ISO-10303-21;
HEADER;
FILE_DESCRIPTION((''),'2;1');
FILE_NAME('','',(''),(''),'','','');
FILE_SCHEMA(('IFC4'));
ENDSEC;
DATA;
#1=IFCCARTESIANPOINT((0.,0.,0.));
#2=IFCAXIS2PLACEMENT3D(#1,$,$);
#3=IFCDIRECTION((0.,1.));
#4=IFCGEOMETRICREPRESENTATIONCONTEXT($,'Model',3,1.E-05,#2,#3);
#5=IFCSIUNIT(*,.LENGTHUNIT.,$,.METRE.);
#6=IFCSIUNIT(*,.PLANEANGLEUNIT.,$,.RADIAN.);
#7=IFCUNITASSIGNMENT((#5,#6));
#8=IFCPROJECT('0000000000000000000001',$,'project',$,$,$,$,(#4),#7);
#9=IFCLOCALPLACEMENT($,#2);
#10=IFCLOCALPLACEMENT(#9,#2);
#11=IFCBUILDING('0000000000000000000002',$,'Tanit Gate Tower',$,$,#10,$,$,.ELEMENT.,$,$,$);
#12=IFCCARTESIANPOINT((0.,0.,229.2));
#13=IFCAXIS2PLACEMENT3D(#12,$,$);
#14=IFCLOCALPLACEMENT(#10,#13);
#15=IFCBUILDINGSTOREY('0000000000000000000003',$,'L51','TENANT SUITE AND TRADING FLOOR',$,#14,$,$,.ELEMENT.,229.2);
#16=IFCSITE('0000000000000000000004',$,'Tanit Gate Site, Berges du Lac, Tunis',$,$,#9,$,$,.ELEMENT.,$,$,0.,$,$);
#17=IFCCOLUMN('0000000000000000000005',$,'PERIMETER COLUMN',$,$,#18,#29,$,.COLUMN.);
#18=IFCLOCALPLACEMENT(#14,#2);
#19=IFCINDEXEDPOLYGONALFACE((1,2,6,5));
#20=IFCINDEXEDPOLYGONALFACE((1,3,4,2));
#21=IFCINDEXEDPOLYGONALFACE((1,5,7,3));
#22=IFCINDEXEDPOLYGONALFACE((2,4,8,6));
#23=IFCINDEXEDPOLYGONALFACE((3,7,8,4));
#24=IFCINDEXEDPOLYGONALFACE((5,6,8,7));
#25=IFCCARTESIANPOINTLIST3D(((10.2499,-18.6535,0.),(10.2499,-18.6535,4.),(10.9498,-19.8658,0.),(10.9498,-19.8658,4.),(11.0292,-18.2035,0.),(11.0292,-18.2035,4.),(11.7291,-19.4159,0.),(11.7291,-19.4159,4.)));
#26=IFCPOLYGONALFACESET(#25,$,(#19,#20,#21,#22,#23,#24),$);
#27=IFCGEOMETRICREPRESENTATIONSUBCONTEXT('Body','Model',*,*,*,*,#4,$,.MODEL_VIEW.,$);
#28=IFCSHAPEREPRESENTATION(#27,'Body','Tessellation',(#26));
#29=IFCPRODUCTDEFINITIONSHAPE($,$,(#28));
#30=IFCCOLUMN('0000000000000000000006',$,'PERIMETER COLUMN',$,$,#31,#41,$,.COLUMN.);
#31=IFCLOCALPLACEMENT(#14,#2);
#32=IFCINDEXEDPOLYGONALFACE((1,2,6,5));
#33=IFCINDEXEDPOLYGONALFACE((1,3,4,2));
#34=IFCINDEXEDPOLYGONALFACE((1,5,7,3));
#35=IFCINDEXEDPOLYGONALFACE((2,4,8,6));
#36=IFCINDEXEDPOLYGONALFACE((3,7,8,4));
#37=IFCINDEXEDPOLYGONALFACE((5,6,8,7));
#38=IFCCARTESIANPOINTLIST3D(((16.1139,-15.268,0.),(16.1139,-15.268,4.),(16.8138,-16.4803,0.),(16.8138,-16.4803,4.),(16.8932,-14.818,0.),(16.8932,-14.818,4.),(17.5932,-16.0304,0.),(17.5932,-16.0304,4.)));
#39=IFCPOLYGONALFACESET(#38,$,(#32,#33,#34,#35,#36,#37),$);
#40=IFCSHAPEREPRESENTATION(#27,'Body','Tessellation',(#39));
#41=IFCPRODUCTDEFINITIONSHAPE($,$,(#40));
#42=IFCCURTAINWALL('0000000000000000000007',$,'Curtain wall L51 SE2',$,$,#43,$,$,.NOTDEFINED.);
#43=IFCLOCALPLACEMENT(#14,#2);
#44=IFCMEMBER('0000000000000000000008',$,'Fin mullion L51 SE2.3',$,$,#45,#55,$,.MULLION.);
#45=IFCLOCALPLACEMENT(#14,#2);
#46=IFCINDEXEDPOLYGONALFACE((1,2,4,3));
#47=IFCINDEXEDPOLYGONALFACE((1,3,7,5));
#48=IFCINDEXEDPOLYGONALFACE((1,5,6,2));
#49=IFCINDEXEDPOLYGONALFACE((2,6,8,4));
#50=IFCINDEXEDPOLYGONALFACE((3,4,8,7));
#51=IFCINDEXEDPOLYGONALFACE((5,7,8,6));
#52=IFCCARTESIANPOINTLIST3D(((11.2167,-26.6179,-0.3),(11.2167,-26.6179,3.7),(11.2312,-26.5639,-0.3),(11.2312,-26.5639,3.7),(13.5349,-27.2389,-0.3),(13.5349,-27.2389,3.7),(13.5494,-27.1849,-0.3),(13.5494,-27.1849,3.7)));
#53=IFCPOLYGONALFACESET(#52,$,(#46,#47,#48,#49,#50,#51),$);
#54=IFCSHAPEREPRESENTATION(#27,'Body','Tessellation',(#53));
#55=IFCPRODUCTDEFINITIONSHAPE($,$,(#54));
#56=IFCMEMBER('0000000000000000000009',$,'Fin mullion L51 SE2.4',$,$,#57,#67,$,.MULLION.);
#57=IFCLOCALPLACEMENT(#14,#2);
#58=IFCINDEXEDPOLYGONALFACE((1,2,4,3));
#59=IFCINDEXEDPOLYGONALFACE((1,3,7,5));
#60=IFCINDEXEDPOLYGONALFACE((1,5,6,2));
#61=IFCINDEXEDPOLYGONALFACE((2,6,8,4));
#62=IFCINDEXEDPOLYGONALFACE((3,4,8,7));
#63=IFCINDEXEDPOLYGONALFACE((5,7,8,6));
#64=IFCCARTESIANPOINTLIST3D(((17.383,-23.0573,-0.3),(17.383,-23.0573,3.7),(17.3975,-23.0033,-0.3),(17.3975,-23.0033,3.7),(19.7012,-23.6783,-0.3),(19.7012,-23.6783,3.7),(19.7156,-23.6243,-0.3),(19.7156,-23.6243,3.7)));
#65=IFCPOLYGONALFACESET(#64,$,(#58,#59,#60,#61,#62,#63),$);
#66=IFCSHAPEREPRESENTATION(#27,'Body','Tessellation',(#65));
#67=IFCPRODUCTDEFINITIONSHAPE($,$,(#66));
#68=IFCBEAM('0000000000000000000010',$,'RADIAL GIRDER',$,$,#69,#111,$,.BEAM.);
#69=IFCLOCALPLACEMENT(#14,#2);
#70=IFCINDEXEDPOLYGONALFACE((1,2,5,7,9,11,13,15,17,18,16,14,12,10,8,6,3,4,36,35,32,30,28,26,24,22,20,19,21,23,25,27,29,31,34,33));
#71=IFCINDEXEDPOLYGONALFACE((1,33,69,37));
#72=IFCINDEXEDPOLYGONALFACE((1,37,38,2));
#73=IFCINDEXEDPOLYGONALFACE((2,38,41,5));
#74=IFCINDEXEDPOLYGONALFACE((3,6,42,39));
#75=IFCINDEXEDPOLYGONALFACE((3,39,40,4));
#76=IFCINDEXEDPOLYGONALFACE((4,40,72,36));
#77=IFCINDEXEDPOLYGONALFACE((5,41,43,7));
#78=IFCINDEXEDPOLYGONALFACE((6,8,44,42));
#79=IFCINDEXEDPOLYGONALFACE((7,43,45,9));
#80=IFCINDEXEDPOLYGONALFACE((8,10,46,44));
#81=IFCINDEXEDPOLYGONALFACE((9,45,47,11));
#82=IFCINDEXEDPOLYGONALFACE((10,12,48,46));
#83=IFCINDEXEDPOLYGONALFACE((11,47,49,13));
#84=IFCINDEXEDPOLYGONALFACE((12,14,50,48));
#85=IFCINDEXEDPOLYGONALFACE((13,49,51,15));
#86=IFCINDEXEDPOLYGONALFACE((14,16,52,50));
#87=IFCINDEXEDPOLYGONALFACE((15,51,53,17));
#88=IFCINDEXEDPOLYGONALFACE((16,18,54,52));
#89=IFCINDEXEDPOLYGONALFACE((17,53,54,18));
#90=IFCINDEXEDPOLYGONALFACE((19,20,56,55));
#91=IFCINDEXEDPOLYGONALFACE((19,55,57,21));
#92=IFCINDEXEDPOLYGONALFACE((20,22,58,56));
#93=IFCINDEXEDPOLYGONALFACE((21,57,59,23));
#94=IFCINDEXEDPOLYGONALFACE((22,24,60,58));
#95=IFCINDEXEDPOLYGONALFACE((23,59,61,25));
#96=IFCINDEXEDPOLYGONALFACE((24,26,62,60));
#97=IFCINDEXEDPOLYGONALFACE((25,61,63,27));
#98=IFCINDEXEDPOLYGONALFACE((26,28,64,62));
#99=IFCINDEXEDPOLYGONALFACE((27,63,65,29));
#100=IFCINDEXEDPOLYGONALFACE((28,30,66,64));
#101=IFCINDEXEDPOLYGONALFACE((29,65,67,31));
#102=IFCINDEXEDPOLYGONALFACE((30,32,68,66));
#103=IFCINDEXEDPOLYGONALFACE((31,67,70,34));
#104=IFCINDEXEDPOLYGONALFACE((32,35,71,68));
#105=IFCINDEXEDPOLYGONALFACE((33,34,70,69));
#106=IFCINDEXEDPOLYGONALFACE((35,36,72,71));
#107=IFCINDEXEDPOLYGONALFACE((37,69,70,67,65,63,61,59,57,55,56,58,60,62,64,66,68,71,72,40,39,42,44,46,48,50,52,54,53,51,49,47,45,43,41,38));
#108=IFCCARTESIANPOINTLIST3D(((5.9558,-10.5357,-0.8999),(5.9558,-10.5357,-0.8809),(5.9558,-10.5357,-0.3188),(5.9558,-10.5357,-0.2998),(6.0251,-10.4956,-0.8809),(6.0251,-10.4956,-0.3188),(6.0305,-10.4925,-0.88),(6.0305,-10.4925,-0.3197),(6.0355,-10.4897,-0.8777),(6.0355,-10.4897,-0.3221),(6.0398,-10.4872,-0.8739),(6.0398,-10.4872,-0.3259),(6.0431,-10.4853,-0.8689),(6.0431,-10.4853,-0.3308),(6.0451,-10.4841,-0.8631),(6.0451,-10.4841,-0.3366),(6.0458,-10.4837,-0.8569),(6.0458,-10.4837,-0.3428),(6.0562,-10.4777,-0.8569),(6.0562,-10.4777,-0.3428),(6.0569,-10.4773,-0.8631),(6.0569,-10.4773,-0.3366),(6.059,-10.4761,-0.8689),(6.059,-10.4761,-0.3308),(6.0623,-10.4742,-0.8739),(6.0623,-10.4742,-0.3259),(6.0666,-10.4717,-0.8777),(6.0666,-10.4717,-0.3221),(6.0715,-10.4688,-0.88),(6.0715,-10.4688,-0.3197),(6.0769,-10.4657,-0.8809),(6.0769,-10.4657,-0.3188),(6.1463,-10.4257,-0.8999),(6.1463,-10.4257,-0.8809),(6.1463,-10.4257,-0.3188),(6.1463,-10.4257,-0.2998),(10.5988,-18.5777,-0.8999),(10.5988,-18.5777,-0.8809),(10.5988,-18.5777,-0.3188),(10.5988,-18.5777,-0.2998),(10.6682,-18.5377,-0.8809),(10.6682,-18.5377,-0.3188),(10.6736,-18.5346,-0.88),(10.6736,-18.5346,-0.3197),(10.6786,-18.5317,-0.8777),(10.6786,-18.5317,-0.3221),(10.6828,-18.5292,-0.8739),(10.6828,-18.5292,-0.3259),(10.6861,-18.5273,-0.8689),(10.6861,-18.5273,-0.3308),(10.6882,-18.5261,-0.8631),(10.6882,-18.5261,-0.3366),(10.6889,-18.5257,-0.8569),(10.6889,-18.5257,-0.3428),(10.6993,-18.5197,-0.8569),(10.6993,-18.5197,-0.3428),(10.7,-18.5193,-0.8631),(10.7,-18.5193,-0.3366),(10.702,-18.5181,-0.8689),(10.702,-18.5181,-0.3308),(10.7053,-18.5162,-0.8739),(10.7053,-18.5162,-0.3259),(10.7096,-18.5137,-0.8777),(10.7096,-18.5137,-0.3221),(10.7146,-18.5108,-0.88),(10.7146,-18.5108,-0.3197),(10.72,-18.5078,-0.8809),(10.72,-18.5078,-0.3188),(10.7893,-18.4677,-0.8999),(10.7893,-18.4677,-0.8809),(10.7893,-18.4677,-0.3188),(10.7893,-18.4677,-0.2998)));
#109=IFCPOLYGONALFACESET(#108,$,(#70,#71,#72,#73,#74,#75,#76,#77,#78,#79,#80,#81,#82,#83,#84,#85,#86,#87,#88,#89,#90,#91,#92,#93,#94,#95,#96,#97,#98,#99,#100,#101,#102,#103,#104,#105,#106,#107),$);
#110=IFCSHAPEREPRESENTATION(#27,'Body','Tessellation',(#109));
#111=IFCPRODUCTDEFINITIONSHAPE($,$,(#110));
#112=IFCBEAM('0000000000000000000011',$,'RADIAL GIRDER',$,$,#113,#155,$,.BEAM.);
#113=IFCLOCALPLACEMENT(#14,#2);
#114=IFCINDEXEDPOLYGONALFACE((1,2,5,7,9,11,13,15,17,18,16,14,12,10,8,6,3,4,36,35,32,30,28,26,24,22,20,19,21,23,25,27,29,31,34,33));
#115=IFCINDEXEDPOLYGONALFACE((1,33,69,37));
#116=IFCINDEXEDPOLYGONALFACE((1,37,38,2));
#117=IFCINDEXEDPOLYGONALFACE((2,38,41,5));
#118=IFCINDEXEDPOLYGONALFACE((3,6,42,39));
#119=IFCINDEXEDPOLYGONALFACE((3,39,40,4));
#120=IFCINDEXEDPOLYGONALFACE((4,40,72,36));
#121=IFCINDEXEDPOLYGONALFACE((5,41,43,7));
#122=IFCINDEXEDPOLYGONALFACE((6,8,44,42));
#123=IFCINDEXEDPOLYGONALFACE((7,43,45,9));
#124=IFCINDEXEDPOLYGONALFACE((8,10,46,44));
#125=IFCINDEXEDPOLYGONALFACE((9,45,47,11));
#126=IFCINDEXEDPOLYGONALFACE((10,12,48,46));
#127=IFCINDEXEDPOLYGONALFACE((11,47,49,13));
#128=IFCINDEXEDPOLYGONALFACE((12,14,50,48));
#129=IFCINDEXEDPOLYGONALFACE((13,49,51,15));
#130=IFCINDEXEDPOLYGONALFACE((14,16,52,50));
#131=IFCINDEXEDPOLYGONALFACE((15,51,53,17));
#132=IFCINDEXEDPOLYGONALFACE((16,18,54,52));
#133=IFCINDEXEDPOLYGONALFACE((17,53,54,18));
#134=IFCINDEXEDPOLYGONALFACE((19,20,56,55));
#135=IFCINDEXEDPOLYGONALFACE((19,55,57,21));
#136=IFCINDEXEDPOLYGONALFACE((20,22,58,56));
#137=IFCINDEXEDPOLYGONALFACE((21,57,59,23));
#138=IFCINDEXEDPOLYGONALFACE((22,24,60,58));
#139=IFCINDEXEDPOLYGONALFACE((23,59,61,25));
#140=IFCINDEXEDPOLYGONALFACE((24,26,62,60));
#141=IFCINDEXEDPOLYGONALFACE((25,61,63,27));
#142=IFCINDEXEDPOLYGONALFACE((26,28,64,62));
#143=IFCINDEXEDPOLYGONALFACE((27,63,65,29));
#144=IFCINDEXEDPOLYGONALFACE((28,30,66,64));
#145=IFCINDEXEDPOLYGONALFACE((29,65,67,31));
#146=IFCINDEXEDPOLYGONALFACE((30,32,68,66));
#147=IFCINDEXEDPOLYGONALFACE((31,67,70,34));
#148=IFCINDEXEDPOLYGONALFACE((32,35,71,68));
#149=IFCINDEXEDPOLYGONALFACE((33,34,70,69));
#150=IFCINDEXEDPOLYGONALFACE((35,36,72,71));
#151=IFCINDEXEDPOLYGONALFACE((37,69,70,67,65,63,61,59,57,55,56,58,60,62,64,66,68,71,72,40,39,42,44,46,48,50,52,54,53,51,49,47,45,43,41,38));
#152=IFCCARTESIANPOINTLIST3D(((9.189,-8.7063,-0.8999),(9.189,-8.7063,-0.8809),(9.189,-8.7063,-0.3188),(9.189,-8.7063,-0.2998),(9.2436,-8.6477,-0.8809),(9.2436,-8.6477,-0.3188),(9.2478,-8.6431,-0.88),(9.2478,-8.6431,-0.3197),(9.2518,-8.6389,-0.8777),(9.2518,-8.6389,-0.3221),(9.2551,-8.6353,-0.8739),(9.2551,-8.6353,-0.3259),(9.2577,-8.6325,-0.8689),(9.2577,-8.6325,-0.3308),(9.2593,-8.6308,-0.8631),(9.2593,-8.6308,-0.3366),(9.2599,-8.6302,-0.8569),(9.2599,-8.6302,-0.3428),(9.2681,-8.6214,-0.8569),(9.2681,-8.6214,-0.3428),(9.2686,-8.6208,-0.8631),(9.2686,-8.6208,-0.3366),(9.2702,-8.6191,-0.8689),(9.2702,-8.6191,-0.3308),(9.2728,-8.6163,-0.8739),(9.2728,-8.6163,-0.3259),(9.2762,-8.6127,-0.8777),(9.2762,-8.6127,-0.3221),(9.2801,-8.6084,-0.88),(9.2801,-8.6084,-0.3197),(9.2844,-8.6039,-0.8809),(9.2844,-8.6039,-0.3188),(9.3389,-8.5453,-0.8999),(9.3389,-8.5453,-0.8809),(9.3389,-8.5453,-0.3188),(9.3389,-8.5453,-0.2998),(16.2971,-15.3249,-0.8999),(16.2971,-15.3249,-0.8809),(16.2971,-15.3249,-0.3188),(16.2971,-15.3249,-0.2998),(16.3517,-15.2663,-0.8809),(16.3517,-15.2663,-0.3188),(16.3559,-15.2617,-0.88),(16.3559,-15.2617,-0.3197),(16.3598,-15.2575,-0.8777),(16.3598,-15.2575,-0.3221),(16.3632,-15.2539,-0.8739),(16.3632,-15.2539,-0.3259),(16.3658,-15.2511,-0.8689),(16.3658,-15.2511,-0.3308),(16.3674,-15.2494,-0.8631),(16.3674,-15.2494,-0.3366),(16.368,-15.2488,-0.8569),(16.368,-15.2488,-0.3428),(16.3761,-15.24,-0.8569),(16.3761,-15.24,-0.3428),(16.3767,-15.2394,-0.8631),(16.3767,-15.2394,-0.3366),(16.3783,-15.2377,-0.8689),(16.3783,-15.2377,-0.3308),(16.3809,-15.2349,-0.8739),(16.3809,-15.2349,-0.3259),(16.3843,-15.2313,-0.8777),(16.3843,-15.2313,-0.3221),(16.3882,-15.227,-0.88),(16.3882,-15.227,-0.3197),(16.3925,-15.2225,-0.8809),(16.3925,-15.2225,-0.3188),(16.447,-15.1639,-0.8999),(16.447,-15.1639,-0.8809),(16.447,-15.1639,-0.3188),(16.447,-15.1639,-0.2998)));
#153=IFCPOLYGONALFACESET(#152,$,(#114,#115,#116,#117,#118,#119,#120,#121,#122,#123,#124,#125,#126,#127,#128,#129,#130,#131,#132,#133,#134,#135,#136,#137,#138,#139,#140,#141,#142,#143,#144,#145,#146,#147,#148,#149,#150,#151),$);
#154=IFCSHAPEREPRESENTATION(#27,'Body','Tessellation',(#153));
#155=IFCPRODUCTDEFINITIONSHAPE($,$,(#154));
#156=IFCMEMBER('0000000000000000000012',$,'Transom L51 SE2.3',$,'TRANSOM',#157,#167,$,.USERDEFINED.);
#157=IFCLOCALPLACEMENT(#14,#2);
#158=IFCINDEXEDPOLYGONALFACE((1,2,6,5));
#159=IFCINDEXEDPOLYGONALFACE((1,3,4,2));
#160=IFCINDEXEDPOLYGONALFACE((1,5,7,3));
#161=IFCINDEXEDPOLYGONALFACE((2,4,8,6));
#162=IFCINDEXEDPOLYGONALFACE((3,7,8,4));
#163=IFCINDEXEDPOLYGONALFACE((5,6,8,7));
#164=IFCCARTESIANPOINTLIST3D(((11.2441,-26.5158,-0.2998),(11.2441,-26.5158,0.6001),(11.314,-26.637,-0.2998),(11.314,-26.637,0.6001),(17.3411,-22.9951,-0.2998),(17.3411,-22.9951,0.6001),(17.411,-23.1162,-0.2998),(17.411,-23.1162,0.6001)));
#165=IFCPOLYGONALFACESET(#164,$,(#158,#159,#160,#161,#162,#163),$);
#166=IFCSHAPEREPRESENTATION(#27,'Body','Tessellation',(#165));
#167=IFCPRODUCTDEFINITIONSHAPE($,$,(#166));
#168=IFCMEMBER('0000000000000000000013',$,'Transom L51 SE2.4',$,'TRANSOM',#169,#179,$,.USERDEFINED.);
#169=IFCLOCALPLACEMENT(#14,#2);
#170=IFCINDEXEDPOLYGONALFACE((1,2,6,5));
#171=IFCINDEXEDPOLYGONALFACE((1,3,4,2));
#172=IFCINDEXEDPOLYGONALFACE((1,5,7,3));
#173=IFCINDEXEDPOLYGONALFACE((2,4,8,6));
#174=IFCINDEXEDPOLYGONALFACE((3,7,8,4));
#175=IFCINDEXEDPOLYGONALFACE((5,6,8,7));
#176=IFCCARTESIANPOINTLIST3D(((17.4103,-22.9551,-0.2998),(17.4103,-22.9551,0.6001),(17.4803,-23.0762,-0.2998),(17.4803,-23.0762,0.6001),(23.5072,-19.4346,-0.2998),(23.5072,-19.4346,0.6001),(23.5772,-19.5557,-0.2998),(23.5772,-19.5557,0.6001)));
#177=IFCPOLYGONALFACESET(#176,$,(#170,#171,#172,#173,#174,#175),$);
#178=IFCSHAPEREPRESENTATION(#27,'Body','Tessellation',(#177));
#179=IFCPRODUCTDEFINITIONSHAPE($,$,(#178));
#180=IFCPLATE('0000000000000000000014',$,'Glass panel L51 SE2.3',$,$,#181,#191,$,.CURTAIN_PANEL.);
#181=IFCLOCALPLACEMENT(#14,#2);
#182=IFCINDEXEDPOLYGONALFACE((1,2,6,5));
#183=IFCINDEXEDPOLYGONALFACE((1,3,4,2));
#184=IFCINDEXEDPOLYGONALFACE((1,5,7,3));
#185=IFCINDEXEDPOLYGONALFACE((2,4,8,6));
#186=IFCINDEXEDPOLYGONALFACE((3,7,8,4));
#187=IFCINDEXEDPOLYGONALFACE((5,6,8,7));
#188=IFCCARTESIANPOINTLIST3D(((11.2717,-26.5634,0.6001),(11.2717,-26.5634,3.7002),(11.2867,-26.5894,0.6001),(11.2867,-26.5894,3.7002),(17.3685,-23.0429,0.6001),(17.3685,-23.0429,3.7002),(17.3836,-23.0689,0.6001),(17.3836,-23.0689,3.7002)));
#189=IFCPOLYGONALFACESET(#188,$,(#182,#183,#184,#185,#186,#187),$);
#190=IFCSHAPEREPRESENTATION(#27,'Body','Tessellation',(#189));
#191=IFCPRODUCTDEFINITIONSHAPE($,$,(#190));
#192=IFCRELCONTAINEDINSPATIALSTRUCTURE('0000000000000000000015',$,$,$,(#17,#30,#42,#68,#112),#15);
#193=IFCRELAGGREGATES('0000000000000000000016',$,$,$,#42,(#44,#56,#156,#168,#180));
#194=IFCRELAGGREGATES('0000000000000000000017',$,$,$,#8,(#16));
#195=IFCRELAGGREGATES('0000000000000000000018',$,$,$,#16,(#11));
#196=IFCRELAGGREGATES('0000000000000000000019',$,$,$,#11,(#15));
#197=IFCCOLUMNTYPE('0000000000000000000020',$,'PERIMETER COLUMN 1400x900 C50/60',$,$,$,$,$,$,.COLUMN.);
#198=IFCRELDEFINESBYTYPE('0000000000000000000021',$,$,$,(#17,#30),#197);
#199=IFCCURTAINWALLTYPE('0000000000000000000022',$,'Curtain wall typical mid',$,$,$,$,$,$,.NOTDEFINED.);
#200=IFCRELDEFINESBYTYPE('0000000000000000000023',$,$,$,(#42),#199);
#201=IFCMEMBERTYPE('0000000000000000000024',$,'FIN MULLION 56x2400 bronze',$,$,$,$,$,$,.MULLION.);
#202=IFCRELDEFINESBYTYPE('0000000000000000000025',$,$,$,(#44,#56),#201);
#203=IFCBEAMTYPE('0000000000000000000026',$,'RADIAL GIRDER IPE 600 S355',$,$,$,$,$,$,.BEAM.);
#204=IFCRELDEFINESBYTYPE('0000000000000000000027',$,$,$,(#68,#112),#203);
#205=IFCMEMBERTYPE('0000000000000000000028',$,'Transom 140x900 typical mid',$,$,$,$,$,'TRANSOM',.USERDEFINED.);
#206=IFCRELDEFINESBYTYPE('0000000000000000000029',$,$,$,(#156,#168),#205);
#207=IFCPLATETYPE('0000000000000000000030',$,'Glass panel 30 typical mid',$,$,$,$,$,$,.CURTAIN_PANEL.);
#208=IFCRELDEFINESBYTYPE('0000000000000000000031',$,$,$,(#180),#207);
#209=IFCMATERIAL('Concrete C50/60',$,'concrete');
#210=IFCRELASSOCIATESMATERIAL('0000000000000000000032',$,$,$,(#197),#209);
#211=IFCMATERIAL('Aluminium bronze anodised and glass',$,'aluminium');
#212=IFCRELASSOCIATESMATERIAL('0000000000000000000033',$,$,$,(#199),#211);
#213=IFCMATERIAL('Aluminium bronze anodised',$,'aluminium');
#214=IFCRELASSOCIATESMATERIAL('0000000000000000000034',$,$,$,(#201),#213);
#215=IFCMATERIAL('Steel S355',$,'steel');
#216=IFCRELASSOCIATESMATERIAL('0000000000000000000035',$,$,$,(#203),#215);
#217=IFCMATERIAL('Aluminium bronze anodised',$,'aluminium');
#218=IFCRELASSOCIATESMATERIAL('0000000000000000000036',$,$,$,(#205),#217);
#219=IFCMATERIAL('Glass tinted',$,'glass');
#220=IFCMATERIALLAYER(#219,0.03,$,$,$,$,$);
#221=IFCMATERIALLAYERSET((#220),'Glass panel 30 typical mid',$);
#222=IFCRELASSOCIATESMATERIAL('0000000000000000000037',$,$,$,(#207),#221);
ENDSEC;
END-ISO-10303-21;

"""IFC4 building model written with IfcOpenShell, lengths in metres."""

from ifc_helpers import new_model, si_unit, direction, frame, origin, origin_2d, place, context, subcontext, project, spatial, rectangle, i_section, extrude, material, layer, layer_set, material_profile, profile_set, type_object, element, aggregate, save


model = new_model("IFC4")

# Units and contexts
model_context = context("Model", 3, precision=1e-05, world=origin(), true_north=direction((0.0, 1.0)))
body_context = subcontext(model_context, "Body", "Model", "MODEL_VIEW")
ifc_project = project(units=[si_unit("LENGTHUNIT", "METRE"), si_unit("PLANEANGLEUNIT", "RADIAN")], contexts=[model_context])

# Site, building, storey
site_placement = place(None, origin())
site = spatial("IfcSite", under=ifc_project, at=site_placement, Name="Tanit Gate Site, Berges du Lac, Tunis", CompositionType="ELEMENT", RefElevation=0.0)
building_placement = place(site_placement, origin())
building = spatial("IfcBuilding", under=site, at=building_placement, Name="Tanit Gate Tower", CompositionType="ELEMENT")
storey_placement = place(building_placement, frame((0.0, 0.0, 229.2)))
storey = spatial("IfcBuildingStorey", under=building, at=storey_placement, Name="L51", Description="TENANT SUITE AND TRADING FLOOR", CompositionType="ELEMENT", Elevation=229.2)

# Columns
ifc_material_1 = material(Name="Concrete C50/60", Category="concrete")
ifc_material_profile_1 = material_profile(ifc_material_1, rectangle(XDim=1.3999, YDim=0.8999, at=origin_2d()), Name="RC 1400x900")
ifc_profile_set_1 = profile_set([ifc_material_profile_1], Name="Concrete C50/60")
column_type = type_object("IfcColumnType", Name="PERIMETER COLUMN 1400x900 C50/60", PredefinedType="COLUMN", material=ifc_profile_set_1)
for number, where, z_axis, x_axis, name in (
    (1, (10.9895, -19.0347, 0.0), (0.0, 0.0, 1.0), (0.5, -0.866025, 0.0), "PERIMETER COLUMN"),
    (2, (16.8535, -15.6492, 0.0), (0.0, 0.0, 1.0), (0.5, -0.866025, 0.0), "PERIMETER COLUMN"),
):
    element("IfcColumn", number, at=place(storey_placement, frame(where, z_axis=z_axis, x_axis=x_axis)), inside=storey, type_object=column_type, Name=name, PredefinedType="COLUMN", context=body_context, shape_type="SweptSolid", body=[
        extrude(rectangle(XDim=1.3999, YDim=0.8999, at=origin_2d()), origin(), (0.0, 0.0, 1.0), 4.0),
    ])

# Curtain wall, members
ifc_material_2 = material(Name="Aluminium bronze anodised and glass", Category="aluminium")
curtain_wall_type = type_object("IfcCurtainWallType", Name="Curtain wall typical mid", PredefinedType="NOTDEFINED", material=ifc_material_2)
curtain_wall_placement = place(storey_placement, origin())
curtain_wall = element("IfcCurtainWall", 3, at=curtain_wall_placement, inside=storey, type_object=curtain_wall_type, Name="Curtain wall L51 SE2", PredefinedType="NOTDEFINED")
ifc_material_3 = material(Name="Aluminium bronze anodised", Category="aluminium")
ifc_material_profile_2 = material_profile(ifc_material_3, rectangle(XDim=2.3999, YDim=0.0559, at=origin_2d()), Name="56x2400 bronze fin mullion")
ifc_profile_set_2 = profile_set([ifc_material_profile_2], Name="Aluminium bronze anodised")
member_type_1 = type_object("IfcMemberType", Name="FIN MULLION 56x2400 bronze", PredefinedType="MULLION", material=ifc_profile_set_2)
member_1_placement = place(storey_placement, frame((12.3831, -26.9014, -0.3), z_axis=(0.0, 0.0, 1.0), x_axis=(-0.965944, 0.258752, 0.0)))
member_1 = element("IfcMember", 4, at=member_1_placement, type_object=member_type_1, Name="Fin mullion L51 SE2.3", PredefinedType="MULLION", context=body_context, shape_type="SweptSolid", body=[
    extrude(rectangle(XDim=2.3999, YDim=0.0559, at=origin_2d()), origin(), (0.0, 0.0, 1.0), 4.0),
])
member_2_placement = place(storey_placement, frame((18.5493, -23.3408, -0.3), z_axis=(0.0, 0.0, 1.0), x_axis=(-0.965944, 0.258752, 0.0)))
member_2 = element("IfcMember", 5, at=member_2_placement, type_object=member_type_1, Name="Fin mullion L51 SE2.4", PredefinedType="MULLION", context=body_context, shape_type="SweptSolid", body=[
    extrude(rectangle(XDim=2.3999, YDim=0.0559, at=origin_2d()), origin(), (0.0, 0.0, 1.0), 4.0),
])

# Beams
ifc_material_4 = material(Name="Steel S355", Category="steel")
ifc_material_profile_3 = material_profile(ifc_material_4, i_section(OverallWidth=0.22, OverallDepth=0.6001, WebThickness=0.012, FlangeThickness=0.019, FilletRadius=0.0239, at=origin_2d()), Name="IPE 600")
ifc_profile_set_3 = profile_set([ifc_material_profile_3], Name="Steel S355")
beam_type = type_object("IfcBeamType", Name="RADIAL GIRDER IPE 600 S355", PredefinedType="BEAM", material=ifc_profile_set_3)
beam_1_placement = place(storey_placement, frame((10.6941, -18.5227, -0.5999), z_axis=(-0.500002, 0.866024, 0.0), x_axis=(-0.866024, -0.500002, 0.0)))
element("IfcBeam", 6, at=beam_1_placement, inside=storey, type_object=beam_type, Name="RADIAL GIRDER", PredefinedType="BEAM", context=body_context, shape_type="SweptSolid", body=[
    extrude(i_section(OverallWidth=0.22, OverallDepth=0.6001, WebThickness=0.012, FlangeThickness=0.019, FilletRadius=0.0239, at=origin_2d()), origin(), (0.0, 0.0, 1.0), 9.2861),
])
beam_2_placement = place(storey_placement, frame((16.3721, -15.2444, -0.5999), z_axis=(-0.731857, 0.681458, 0.0), x_axis=(-0.681458, -0.731857, 0.0)))
element("IfcBeam", 7, at=beam_2_placement, inside=storey, type_object=beam_type, Name="RADIAL GIRDER", PredefinedType="BEAM", context=body_context, shape_type="SweptSolid", body=[
    extrude(i_section(OverallWidth=0.22, OverallDepth=0.6001, WebThickness=0.012, FlangeThickness=0.019, FilletRadius=0.0239, at=origin_2d()), origin(), (0.0, 0.0, 1.0), 9.7124),
])

# Members
ifc_material_5 = material(Name="Aluminium bronze anodised", Category="aluminium")
ifc_material_profile_4 = material_profile(ifc_material_5, rectangle(XDim=0.1399, YDim=0.8999, at=origin_2d()), Name="140x900 bronze transom")
ifc_profile_set_4 = profile_set([ifc_material_profile_4], Name="Aluminium bronze anodised")
member_type_2 = type_object("IfcMemberType", Name="Transom 140x900 typical mid", ElementType="TRANSOM", PredefinedType="USERDEFINED", material=ifc_profile_set_4)
member_3_placement = place(storey_placement, frame((11.2791, -26.5764, 0.1501), z_axis=(0.865983, 0.500074, 0.0), x_axis=(-0.500074, 0.865983, 0.0)))
member_3 = element("IfcMember", 8, at=member_3_placement, type_object=member_type_2, Name="Transom L51 SE2.3", ObjectType="TRANSOM", PredefinedType="USERDEFINED", context=body_context, shape_type="SweptSolid", body=[
    extrude(rectangle(XDim=0.1399, YDim=0.8999, at=origin_2d()), origin(), (0.0, 0.0, 1.0), 7.0405),
])
member_4_placement = place(storey_placement, frame((17.4453, -23.0156, 0.1501), z_axis=(0.865998, 0.500048, 0.0), x_axis=(-0.500048, 0.865998, 0.0)))
member_4 = element("IfcMember", 9, at=member_4_placement, type_object=member_type_2, Name="Transom L51 SE2.4", ObjectType="TRANSOM", PredefinedType="USERDEFINED", context=body_context, shape_type="SweptSolid", body=[
    extrude(rectangle(XDim=0.1399, YDim=0.8999, at=origin_2d()), origin(), (0.0, 0.0, 1.0), 7.0403),
])

# Plate
ifc_material_6 = material(Name="Glass tinted", Category="glass")
ifc_layer_1 = layer(ifc_material_6, 0.03)
ifc_layer_set_1 = layer_set([ifc_layer_1], Name="Glass panel 30 typical mid")
plate_type = type_object("IfcPlateType", Name="Glass panel 30 typical mid", PredefinedType="CURTAIN_PANEL", material=ifc_layer_set_1)
plate_1_placement = place(storey_placement, frame((14.3276, -24.8162, 0.6001), z_axis=(0.0, 0.0, 1.0), x_axis=(0.865991, 0.50006, 0.0)))
plate_1 = element("IfcPlate", 10, at=plate_1_placement, type_object=plate_type, Name="Glass panel L51 SE2.3", PredefinedType="CURTAIN_PANEL", context=body_context, shape_type="SweptSolid", body=[
    extrude(rectangle(XDim=7.0403, YDim=0.03, at=origin_2d()), origin(), (0.0, 0.0, 1.0), 3.1001),
])
aggregate(curtain_wall, [member_1, member_2, member_3, member_4, plate_1])

save(model, "model.ifc")
